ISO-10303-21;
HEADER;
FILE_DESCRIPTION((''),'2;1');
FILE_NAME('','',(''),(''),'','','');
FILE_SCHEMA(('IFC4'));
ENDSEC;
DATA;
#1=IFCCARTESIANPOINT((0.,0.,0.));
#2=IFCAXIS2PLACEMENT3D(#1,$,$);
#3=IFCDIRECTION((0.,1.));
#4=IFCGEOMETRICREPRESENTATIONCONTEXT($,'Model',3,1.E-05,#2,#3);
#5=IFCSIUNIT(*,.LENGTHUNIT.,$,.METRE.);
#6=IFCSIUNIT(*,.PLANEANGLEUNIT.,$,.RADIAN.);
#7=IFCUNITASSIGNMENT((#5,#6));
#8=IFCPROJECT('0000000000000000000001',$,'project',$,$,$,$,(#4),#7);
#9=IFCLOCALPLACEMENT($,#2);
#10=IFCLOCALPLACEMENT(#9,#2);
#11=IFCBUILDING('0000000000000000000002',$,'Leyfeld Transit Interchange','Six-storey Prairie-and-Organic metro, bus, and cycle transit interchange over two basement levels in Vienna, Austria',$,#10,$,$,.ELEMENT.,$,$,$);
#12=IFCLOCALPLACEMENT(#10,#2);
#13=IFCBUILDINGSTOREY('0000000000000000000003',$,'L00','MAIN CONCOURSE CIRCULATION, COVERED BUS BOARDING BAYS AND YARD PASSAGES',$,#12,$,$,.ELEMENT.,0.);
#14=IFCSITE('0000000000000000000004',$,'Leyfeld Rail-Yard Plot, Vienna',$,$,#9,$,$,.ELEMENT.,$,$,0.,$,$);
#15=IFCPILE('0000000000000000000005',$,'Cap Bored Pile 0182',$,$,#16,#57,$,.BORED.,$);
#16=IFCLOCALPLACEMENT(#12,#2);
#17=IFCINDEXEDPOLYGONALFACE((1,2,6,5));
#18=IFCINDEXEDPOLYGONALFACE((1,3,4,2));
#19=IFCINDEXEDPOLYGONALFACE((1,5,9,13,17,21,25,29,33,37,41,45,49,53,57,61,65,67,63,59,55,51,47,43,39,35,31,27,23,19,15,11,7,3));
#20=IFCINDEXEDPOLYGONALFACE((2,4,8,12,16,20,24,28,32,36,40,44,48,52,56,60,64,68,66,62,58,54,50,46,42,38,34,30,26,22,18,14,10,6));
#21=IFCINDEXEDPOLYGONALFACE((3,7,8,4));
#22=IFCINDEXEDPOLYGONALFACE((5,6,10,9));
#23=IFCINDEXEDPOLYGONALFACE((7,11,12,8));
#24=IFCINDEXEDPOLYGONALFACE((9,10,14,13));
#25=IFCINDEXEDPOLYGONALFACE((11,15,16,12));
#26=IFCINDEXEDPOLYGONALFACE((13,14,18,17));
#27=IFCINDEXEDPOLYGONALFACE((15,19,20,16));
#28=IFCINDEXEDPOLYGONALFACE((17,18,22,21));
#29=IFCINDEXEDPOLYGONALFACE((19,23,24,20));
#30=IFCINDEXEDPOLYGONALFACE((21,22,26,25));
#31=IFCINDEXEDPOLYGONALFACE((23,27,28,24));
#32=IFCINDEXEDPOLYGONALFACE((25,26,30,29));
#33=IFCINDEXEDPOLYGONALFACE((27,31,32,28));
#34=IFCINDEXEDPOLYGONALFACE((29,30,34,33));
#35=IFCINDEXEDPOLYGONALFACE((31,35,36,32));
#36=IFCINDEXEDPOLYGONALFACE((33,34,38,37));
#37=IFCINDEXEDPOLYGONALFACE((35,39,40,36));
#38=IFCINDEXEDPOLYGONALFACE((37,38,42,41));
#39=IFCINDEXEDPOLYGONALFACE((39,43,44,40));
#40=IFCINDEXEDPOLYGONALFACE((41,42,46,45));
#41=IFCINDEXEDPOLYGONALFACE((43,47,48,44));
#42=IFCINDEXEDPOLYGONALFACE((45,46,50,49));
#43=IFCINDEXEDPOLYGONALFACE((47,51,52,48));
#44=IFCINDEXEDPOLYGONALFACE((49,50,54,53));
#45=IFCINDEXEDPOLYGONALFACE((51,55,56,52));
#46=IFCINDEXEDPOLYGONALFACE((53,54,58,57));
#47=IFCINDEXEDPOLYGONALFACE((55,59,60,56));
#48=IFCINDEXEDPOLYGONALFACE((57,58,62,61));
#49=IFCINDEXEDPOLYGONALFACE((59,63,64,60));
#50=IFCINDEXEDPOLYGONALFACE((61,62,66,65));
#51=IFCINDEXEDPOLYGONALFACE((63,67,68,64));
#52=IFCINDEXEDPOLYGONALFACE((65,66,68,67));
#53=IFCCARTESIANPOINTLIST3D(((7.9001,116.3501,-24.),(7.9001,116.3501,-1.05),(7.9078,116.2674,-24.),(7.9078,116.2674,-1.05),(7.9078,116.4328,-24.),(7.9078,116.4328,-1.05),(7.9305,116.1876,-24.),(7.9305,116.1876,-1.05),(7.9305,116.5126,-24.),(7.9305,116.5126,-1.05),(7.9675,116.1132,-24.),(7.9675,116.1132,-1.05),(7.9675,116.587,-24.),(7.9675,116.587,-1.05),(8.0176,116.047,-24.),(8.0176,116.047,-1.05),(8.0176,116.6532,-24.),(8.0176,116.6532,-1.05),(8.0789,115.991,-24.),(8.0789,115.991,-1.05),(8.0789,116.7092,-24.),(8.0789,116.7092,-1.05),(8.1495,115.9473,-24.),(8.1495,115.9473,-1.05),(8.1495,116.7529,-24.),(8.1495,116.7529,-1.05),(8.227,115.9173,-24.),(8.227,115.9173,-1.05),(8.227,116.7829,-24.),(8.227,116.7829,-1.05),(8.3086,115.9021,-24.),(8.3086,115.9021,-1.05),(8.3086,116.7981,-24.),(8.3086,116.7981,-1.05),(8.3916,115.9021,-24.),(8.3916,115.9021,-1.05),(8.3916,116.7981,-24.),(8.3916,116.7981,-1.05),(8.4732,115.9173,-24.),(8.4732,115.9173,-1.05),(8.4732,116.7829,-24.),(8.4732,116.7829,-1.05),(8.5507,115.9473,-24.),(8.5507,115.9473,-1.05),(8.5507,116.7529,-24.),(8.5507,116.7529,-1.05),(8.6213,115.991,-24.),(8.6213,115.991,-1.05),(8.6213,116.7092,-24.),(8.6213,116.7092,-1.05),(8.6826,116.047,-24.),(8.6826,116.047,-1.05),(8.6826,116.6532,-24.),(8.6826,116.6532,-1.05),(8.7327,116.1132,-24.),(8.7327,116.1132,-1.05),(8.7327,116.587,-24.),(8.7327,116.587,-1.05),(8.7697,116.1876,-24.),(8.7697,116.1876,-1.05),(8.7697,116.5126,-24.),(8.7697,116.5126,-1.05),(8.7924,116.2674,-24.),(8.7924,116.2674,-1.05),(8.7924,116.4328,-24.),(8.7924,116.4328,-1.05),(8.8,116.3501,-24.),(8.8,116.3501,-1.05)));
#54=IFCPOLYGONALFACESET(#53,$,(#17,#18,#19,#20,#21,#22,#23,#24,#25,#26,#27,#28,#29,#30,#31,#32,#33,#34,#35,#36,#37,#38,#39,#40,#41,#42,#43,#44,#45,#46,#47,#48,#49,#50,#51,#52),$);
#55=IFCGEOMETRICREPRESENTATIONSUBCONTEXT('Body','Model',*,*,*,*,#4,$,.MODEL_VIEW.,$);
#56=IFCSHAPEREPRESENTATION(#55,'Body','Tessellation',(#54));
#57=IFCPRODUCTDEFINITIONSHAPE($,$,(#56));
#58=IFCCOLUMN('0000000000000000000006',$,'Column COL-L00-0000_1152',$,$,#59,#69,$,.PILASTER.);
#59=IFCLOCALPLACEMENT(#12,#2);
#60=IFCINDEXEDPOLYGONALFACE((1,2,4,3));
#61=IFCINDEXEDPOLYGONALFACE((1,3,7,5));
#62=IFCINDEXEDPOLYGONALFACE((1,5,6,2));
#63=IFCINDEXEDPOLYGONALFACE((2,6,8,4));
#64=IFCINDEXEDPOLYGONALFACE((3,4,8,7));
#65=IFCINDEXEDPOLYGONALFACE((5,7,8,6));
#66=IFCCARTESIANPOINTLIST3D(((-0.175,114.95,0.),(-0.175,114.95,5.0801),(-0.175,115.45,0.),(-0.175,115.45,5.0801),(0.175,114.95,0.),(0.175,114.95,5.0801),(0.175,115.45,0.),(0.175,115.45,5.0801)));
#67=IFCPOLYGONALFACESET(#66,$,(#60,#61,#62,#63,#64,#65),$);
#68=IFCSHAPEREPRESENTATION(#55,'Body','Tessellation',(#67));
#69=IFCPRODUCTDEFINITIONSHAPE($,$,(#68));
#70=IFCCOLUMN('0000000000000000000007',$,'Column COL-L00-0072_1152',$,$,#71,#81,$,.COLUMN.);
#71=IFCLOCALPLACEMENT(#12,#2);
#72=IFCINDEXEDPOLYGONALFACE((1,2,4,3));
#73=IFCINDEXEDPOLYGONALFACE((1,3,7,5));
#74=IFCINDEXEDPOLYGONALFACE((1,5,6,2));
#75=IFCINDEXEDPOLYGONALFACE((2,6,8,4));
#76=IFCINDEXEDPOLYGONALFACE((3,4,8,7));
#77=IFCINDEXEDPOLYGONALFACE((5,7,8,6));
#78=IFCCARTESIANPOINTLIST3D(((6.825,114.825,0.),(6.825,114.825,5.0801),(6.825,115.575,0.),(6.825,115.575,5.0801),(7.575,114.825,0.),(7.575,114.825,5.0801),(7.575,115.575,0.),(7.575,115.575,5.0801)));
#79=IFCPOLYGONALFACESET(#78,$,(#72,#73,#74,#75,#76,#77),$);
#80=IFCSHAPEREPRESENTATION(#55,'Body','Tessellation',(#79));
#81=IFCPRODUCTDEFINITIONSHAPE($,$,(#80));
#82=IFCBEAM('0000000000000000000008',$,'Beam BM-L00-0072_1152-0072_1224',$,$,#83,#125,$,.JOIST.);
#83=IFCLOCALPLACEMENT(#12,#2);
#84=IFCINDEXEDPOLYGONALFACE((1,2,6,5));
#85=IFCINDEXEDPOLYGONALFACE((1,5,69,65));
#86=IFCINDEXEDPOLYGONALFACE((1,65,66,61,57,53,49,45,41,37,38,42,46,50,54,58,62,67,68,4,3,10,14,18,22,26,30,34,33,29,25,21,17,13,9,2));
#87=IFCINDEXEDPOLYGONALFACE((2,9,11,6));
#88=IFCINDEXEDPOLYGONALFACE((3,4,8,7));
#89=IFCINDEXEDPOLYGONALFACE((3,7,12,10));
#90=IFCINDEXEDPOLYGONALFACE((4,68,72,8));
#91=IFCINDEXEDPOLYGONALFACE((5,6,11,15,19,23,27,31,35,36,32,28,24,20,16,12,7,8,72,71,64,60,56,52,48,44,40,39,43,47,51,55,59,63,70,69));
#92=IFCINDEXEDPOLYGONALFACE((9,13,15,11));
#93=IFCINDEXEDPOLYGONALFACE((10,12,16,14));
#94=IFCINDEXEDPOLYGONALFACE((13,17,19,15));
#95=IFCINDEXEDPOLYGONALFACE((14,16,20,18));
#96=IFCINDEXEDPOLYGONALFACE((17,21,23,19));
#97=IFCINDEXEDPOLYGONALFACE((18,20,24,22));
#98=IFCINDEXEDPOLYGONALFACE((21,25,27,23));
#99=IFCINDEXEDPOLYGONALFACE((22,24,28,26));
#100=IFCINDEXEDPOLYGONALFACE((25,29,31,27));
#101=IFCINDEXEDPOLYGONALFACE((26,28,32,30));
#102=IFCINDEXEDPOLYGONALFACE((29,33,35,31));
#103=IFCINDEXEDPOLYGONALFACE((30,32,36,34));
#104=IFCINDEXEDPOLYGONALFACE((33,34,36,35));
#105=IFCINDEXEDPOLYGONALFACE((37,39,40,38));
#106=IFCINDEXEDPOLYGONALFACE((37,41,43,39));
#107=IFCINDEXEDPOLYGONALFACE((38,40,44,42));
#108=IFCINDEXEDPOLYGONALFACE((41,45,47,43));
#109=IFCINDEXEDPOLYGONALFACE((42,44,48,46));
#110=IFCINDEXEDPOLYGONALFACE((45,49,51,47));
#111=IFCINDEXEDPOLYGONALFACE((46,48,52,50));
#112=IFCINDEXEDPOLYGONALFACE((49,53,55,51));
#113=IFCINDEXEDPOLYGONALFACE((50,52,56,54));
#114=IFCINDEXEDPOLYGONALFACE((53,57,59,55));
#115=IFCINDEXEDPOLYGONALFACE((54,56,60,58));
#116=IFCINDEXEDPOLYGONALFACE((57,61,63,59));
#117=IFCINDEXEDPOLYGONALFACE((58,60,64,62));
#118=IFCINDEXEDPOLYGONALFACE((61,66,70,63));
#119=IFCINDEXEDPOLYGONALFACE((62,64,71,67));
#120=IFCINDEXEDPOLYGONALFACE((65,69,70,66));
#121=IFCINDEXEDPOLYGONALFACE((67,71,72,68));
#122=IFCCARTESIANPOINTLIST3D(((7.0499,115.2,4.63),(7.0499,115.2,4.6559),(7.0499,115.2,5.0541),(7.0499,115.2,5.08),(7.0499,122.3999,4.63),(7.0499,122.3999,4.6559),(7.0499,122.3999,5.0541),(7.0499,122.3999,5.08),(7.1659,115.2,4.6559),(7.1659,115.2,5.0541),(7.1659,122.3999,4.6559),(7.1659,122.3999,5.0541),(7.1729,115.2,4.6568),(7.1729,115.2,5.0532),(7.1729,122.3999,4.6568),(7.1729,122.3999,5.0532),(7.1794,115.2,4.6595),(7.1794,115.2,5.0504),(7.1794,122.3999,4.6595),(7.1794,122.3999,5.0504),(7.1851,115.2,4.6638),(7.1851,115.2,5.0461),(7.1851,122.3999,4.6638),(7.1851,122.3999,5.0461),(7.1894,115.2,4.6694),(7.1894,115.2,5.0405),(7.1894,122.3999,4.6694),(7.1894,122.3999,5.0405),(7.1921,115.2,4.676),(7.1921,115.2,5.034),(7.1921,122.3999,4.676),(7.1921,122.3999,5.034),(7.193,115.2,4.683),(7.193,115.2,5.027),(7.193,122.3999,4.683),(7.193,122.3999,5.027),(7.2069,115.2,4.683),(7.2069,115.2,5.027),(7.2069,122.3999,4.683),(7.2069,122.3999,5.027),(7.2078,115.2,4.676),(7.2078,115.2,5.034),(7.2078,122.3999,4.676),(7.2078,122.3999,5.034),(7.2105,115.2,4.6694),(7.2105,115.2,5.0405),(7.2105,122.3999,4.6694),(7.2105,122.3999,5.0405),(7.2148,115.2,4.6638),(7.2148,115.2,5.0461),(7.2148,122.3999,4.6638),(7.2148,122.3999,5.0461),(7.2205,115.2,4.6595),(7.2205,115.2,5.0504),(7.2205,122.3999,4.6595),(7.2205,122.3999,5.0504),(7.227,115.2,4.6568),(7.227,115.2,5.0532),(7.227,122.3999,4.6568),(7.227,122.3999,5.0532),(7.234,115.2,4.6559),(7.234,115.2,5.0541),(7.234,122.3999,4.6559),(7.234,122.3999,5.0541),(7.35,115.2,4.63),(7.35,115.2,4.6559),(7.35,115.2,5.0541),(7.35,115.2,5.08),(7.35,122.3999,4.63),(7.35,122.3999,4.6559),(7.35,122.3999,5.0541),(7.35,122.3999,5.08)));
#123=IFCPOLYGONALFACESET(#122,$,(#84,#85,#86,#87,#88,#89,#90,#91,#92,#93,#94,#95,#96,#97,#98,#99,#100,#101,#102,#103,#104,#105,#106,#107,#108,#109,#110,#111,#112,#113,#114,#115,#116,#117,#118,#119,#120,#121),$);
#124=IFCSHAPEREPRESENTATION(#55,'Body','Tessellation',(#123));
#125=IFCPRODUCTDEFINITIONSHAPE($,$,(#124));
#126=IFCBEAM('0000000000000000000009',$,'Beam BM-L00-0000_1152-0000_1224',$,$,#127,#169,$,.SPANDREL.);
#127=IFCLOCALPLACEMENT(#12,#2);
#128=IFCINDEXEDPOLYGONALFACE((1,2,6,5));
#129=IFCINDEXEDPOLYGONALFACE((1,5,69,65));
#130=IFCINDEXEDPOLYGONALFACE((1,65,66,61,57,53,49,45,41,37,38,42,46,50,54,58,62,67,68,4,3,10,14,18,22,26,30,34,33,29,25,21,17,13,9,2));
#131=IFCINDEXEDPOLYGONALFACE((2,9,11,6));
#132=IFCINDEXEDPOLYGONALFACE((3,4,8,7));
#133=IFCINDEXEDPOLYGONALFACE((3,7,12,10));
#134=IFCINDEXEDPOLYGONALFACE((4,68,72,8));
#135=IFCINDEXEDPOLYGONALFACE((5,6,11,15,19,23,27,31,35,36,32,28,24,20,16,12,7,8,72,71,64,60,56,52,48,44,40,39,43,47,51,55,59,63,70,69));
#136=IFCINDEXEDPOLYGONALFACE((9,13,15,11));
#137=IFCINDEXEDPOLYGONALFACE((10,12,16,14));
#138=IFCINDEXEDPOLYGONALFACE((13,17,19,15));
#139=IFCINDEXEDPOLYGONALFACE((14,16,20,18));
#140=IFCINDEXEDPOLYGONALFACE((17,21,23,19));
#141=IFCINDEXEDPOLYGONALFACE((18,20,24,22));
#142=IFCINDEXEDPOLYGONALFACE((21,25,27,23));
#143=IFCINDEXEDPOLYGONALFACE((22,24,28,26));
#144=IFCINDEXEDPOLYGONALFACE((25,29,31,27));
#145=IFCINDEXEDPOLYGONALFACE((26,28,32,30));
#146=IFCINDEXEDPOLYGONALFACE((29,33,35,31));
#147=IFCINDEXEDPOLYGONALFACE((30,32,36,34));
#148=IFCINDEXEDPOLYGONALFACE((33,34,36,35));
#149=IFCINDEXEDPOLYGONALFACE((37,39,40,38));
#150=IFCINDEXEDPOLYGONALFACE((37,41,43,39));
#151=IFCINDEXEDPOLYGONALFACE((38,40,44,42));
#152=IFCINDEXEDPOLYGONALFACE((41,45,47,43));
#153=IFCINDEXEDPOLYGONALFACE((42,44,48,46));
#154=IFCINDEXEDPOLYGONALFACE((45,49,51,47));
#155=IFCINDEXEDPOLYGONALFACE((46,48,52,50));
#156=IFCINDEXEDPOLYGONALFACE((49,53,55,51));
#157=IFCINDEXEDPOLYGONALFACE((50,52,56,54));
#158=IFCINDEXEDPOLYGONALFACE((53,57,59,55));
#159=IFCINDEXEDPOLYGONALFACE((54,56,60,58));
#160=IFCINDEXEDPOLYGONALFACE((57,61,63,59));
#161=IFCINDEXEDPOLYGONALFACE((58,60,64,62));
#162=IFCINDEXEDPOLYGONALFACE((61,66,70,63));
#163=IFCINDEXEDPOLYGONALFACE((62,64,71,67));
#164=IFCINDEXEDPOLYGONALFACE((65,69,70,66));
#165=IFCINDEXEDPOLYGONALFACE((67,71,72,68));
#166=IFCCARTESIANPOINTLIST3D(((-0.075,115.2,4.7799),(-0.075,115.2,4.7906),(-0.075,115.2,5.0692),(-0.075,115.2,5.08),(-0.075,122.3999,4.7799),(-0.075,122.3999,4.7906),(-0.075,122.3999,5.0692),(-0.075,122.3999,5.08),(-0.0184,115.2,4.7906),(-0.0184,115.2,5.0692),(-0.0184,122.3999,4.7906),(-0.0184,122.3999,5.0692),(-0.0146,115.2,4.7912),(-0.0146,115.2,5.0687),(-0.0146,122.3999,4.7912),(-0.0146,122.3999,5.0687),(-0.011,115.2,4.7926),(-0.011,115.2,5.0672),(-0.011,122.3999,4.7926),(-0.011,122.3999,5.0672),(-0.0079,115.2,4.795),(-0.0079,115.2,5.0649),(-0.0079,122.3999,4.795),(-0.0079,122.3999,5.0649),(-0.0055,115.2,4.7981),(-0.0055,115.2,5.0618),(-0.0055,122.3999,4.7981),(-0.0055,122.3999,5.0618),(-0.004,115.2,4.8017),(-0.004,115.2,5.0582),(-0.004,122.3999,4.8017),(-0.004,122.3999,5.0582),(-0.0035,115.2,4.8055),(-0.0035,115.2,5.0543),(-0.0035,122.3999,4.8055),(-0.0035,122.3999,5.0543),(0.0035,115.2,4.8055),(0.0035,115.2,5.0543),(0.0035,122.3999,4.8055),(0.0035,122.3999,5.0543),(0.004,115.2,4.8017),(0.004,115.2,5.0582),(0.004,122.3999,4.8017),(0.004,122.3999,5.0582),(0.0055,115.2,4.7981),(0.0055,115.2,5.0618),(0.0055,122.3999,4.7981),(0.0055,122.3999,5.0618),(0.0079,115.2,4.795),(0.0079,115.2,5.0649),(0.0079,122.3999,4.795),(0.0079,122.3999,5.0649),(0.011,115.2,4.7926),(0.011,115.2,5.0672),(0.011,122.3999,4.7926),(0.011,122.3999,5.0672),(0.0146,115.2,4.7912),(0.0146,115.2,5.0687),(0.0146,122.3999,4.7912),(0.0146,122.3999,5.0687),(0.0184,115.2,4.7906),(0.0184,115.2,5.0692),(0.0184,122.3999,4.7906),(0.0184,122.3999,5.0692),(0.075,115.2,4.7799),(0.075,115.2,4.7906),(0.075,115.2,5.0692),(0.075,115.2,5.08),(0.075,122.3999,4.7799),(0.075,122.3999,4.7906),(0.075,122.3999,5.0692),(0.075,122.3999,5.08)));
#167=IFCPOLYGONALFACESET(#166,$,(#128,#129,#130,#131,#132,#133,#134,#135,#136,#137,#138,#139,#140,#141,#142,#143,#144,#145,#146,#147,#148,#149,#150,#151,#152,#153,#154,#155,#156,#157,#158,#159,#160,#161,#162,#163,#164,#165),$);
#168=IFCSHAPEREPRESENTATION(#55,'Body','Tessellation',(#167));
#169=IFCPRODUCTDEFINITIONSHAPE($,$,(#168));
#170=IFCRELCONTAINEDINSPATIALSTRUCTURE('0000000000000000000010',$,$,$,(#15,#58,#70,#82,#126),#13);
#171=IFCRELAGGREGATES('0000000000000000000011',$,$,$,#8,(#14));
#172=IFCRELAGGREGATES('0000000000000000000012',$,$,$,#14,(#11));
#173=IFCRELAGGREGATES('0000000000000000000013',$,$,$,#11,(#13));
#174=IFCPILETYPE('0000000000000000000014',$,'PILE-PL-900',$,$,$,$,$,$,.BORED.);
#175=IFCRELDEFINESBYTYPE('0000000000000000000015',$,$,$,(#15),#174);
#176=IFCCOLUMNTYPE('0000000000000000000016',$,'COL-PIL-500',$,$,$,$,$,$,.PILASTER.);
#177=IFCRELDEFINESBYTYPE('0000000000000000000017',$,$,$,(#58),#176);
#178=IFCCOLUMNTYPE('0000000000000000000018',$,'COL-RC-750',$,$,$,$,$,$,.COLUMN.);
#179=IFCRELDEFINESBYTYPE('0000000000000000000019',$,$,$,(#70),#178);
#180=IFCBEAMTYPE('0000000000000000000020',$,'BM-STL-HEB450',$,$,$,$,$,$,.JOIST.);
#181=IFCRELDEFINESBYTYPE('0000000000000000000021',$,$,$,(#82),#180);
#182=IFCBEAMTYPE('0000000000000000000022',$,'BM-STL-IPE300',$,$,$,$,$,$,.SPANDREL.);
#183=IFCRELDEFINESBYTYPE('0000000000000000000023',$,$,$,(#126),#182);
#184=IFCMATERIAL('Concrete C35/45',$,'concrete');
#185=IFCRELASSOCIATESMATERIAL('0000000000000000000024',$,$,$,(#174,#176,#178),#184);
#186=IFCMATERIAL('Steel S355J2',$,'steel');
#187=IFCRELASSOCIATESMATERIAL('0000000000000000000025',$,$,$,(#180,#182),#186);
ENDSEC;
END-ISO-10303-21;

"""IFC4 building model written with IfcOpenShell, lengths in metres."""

from ifc_helpers import new_model, si_unit, direction, frame, origin, origin_2d, place, context, subcontext, project, spatial, rectangle, circle, i_section, extrude, material, material_profile, profile_set, type_object, element, save


model = new_model("IFC4")

# Units and contexts
model_context = context("Model", 3, precision=1e-05, world=origin(), true_north=direction((0.0, 1.0)))
body_context = subcontext(model_context, "Body", "Model", "MODEL_VIEW")
ifc_project = project(units=[si_unit("LENGTHUNIT", "METRE"), si_unit("PLANEANGLEUNIT", "RADIAN")], contexts=[model_context])

# Site, building, storey
site_placement = place(None, origin())
site = spatial("IfcSite", under=ifc_project, at=site_placement, Name="Leyfeld Rail-Yard Plot, Vienna", CompositionType="ELEMENT", RefElevation=0.0)
building_placement = place(site_placement, origin())
building = spatial("IfcBuilding", under=site, at=building_placement, Name="Leyfeld Transit Interchange", Description="Six-storey Prairie-and-Organic metro, bus, and cycle transit interchange over two basement levels in Vienna, Austria", CompositionType="ELEMENT")
storey_placement = place(building_placement, origin())
storey = spatial("IfcBuildingStorey", under=building, at=storey_placement, Name="L00", Description="MAIN CONCOURSE CIRCULATION, COVERED BUS BOARDING BAYS AND YARD PASSAGES", CompositionType="ELEMENT", Elevation=0.0)

# Shared definitions
ifc_material_1 = material(Name="Concrete C35/45", Category="concrete")

# Pile
ifc_material_profile_1 = material_profile(ifc_material_1, circle(Radius=0.45, at=origin_2d()), Name="PILE D900")
ifc_profile_set_1 = profile_set([ifc_material_profile_1], Name="Concrete C35/45")
pile_type = type_object("IfcPileType", Name="PILE-PL-900", PredefinedType="BORED", material=ifc_profile_set_1)
for number, where, z_axis, x_axis, name in (
    (1, (8.3501, 116.3501, -1.05), (0.0, 0.0, -1.0), (1.0, 0.0, 0.0), "Cap Bored Pile 0182"),
):
    element("IfcPile", number, at=place(storey_placement, frame(where, z_axis=z_axis, x_axis=x_axis)), inside=storey, type_object=pile_type, Name=name, PredefinedType="BORED", context=body_context, shape_type="SweptSolid", body=[
        extrude(circle(Radius=0.45, at=origin_2d()), origin(), (0.0, 0.0, 1.0), 22.95),
    ])

# Columns
ifc_material_profile_2 = material_profile(ifc_material_1, rectangle(XDim=0.3501, YDim=0.5, at=origin_2d()), Name="RC 500x350")
ifc_profile_set_2 = profile_set([ifc_material_profile_2], Name="Concrete C35/45")
column_type_1 = type_object("IfcColumnType", Name="COL-PIL-500", PredefinedType="PILASTER", material=ifc_profile_set_2)
column_1_placement = place(storey_placement, frame((0.0, 115.2, 0.0), z_axis=(0.0, 0.0, 1.0), x_axis=(1.0, 0.0, 0.0)))
element("IfcColumn", 2, at=column_1_placement, inside=storey, type_object=column_type_1, Name="Column COL-L00-0000_1152", PredefinedType="PILASTER", context=body_context, shape_type="SweptSolid", body=[
    extrude(rectangle(XDim=0.3501, YDim=0.5, at=origin_2d()), origin(), (0.0, 0.0, 1.0), 5.0801),
])
ifc_material_profile_3 = material_profile(ifc_material_1, rectangle(XDim=0.75, YDim=0.75, at=origin_2d()), Name="RC 750x750")
ifc_profile_set_3 = profile_set([ifc_material_profile_3], Name="Concrete C35/45")
column_type_2 = type_object("IfcColumnType", Name="COL-RC-750", PredefinedType="COLUMN", material=ifc_profile_set_3)
column_2_placement = place(storey_placement, frame((7.2, 115.2, 0.0), z_axis=(0.0, 0.0, 1.0), x_axis=(1.0, 0.0, 0.0)))
element("IfcColumn", 3, at=column_2_placement, inside=storey, type_object=column_type_2, Name="Column COL-L00-0072_1152", PredefinedType="COLUMN", context=body_context, shape_type="SweptSolid", body=[
    extrude(rectangle(XDim=0.75, YDim=0.75, at=origin_2d()), origin(), (0.0, 0.0, 1.0), 5.0801),
])

# Beams
ifc_material_2 = material(Name="Steel S355J2", Category="steel")
ifc_material_profile_4 = material_profile(ifc_material_2, i_section(OverallWidth=0.3, OverallDepth=0.45, WebThickness=0.0139, FlangeThickness=0.0259, FilletRadius=0.0271, at=origin_2d()), Name="HEB 450")
ifc_profile_set_4 = profile_set([ifc_material_profile_4], Name="Steel S355J2")
beam_type_1 = type_object("IfcBeamType", Name="BM-STL-HEB450", PredefinedType="JOIST", material=ifc_profile_set_4)
beam_1_placement = place(storey_placement, frame((7.2, 115.2, 4.855), z_axis=(0.0, 1.0, 0.0), x_axis=(-1.0, 0.0, 0.0)))
element("IfcBeam", 4, at=beam_1_placement, inside=storey, type_object=beam_type_1, Name="Beam BM-L00-0072_1152-0072_1224", PredefinedType="JOIST", context=body_context, shape_type="SweptSolid", body=[
    extrude(i_section(OverallWidth=0.3, OverallDepth=0.45, WebThickness=0.0139, FlangeThickness=0.0259, FilletRadius=0.0271, at=origin_2d()), origin(), (0.0, 0.0, 1.0), 7.2),
])
ifc_material_profile_5 = material_profile(ifc_material_2, i_section(OverallWidth=0.1499, OverallDepth=0.3, WebThickness=0.0071, FlangeThickness=0.0107, FilletRadius=0.0149, at=origin_2d()), Name="IPE 300")
ifc_profile_set_5 = profile_set([ifc_material_profile_5], Name="Steel S355J2")
beam_type_2 = type_object("IfcBeamType", Name="BM-STL-IPE300", PredefinedType="SPANDREL", material=ifc_profile_set_5)
beam_2_placement = place(storey_placement, frame((0.0, 115.2, 4.9299), z_axis=(0.0, 1.0, 0.0), x_axis=(-1.0, 0.0, 0.0)))
element("IfcBeam", 5, at=beam_2_placement, inside=storey, type_object=beam_type_2, Name="Beam BM-L00-0000_1152-0000_1224", PredefinedType="SPANDREL", context=body_context, shape_type="SweptSolid", body=[
    extrude(i_section(OverallWidth=0.1499, OverallDepth=0.3, WebThickness=0.0071, FlangeThickness=0.0107, FilletRadius=0.0149, at=origin_2d()), origin(), (0.0, 0.0, 1.0), 7.2),
])

save(model, "model.ifc")
